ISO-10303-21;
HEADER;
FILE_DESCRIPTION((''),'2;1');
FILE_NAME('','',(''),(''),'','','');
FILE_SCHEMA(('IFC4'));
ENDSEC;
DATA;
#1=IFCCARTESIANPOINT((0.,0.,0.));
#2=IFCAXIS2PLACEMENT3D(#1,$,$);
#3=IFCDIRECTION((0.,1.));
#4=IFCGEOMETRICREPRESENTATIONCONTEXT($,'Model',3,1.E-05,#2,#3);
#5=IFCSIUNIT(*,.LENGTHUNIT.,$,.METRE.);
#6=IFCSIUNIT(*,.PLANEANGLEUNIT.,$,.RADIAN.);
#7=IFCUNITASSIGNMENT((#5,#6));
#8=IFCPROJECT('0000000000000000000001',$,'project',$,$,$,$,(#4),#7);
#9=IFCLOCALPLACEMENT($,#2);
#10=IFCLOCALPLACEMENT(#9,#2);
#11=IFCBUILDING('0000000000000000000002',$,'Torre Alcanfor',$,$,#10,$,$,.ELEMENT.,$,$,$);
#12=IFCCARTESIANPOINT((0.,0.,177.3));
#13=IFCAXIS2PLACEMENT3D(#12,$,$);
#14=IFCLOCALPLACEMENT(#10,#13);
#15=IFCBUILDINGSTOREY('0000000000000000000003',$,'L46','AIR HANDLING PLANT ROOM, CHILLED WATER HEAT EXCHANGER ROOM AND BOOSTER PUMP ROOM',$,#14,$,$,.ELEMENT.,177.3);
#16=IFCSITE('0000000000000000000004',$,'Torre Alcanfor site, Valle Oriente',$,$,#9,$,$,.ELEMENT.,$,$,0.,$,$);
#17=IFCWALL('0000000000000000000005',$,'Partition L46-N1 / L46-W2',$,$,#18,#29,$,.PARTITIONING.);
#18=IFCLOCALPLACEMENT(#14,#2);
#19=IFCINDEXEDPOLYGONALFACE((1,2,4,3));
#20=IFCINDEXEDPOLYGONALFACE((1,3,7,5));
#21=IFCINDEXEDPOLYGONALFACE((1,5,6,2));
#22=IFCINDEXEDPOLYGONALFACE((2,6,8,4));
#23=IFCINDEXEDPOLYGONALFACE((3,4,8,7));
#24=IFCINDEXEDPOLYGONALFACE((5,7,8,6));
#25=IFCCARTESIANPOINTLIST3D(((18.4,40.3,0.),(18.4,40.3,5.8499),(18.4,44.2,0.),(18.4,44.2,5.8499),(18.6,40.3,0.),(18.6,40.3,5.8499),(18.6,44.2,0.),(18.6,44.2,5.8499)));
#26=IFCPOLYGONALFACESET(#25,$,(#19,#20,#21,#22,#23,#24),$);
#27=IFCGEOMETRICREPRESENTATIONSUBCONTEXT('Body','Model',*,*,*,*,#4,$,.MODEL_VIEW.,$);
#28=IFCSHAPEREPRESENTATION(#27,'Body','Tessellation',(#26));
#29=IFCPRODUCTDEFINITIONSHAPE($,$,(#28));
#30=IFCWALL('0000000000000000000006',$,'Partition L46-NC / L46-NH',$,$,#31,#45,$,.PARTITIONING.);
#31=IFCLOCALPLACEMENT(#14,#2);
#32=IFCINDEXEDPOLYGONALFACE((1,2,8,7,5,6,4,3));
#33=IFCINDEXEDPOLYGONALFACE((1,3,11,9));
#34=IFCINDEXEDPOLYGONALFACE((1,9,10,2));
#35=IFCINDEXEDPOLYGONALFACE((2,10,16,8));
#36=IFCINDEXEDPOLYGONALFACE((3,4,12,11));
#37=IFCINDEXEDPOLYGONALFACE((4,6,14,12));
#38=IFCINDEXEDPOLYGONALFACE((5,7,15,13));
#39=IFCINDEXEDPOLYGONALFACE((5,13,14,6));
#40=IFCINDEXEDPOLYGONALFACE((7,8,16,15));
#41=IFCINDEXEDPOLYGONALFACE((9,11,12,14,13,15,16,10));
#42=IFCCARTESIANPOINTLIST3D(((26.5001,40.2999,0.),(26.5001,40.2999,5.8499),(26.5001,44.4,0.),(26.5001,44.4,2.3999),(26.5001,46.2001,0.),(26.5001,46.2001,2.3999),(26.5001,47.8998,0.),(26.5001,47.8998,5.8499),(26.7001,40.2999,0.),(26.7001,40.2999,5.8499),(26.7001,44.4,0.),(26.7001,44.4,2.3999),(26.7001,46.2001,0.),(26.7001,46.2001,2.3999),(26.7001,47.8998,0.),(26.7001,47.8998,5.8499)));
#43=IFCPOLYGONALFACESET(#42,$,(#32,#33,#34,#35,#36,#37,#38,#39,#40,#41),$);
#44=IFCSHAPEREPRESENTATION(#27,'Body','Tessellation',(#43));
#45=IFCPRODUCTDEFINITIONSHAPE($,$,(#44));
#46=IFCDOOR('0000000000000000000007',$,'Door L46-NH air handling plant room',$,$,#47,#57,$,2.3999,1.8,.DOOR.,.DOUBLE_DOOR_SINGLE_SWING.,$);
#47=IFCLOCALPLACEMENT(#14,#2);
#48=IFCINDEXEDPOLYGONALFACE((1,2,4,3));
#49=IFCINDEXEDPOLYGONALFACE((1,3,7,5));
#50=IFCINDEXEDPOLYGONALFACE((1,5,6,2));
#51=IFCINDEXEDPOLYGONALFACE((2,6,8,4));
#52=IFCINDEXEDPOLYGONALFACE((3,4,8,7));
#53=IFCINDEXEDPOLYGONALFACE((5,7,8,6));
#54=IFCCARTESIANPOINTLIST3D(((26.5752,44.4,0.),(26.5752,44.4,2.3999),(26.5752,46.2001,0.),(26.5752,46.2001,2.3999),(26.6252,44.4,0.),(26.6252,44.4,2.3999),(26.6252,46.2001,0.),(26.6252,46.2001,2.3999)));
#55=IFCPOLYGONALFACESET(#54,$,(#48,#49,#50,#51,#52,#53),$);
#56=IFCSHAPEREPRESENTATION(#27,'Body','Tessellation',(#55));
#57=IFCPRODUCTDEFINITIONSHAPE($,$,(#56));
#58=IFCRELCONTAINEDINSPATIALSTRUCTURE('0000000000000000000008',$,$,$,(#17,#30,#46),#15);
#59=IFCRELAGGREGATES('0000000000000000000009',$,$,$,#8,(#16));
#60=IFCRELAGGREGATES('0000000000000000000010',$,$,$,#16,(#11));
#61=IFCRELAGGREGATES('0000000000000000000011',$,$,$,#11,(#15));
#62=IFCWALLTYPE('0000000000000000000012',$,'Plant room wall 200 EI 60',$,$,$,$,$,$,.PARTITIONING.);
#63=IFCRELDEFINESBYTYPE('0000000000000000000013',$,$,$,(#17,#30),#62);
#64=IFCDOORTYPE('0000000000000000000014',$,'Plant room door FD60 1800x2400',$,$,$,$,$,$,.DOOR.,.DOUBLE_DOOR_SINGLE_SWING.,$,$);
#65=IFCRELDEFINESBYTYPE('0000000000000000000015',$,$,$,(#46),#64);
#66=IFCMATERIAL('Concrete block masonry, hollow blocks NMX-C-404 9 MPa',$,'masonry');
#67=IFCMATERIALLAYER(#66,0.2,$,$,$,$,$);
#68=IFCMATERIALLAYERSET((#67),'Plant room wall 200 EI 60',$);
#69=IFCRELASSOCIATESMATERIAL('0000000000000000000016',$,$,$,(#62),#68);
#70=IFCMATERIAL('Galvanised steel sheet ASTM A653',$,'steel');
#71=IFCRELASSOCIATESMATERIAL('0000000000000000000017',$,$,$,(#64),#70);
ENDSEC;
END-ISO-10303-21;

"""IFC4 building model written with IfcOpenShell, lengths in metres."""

from ifc_helpers import new_model, si_unit, direction, frame, frame_2d, origin, place, context, subcontext, project, spatial, rectangle, extrude, material, layer, layer_set, type_object, element, fill, save


model = new_model("IFC4")

# Units and contexts
model_context = context("Model", 3, precision=1e-05, world=origin(), true_north=direction((0.0, 1.0)))
body_context = subcontext(model_context, "Body", "Model", "MODEL_VIEW")
ifc_project = project(units=[si_unit("LENGTHUNIT", "METRE"), si_unit("PLANEANGLEUNIT", "RADIAN")], contexts=[model_context])

# Site, building, storey
site_placement = place(None, origin())
site = spatial("IfcSite", under=ifc_project, at=site_placement, Name="Torre Alcanfor site, Valle Oriente", CompositionType="ELEMENT", RefElevation=0.0)
building_placement = place(site_placement, origin())
building = spatial("IfcBuilding", under=site, at=building_placement, Name="Torre Alcanfor", CompositionType="ELEMENT")
storey_placement = place(building_placement, frame((0.0, 0.0, 177.3)))
storey = spatial("IfcBuildingStorey", under=building, at=storey_placement, Name="L46", Description="AIR HANDLING PLANT ROOM, CHILLED WATER HEAT EXCHANGER ROOM AND BOOSTER PUMP ROOM", CompositionType="ELEMENT", Elevation=177.3)

# Shared definitions
ifc_material_1 = material(Name="Concrete block masonry, hollow blocks NMX-C-404 9 MPa", Category="masonry")
ifc_layer = layer(ifc_material_1, 0.2)
ifc_layer_set = layer_set([ifc_layer], Name="Plant room wall 200 EI 60")
wall_type = type_object("IfcWallType", Name="Plant room wall 200 EI 60", PredefinedType="PARTITIONING", material=ifc_layer_set)
ifc_material_2 = material(Name="Galvanised steel sheet ASTM A653", Category="steel")
door_type = type_object("IfcDoorType", Name="Plant room door FD60 1800x2400", OperationType="DOUBLE_DOOR_SINGLE_SWING", PredefinedType="DOOR", material=ifc_material_2)

# Wall
wall_1_placement = place(storey_placement, frame((18.5, 40.3, 0.0), z_axis=(0.0, 0.0, 1.0), x_axis=(0.0, 1.0, 0.0)))
element("IfcWall", 1, at=wall_1_placement, inside=storey, type_object=wall_type, Name="Partition L46-N1 / L46-W2", PredefinedType="PARTITIONING", context=body_context, shape_type="SweptSolid", body=[
    extrude(rectangle(XDim=3.8999, YDim=0.2, at=frame_2d((1.95, 0.0))), origin(), (0.0, 0.0, 1.0), 5.8499),
])

# Wall, opening, door
wall_2_placement = place(storey_placement, frame((26.6001, 40.3, 0.0), z_axis=(0.0, 0.0, 1.0), x_axis=(0.0, 1.0, 0.0)))
wall_2 = element("IfcWall", 2, at=wall_2_placement, inside=storey, type_object=wall_type, Name="Partition L46-NC / L46-NH", PredefinedType="PARTITIONING", context=body_context, shape_type="SweptSolid", body=[
    extrude(rectangle(XDim=7.5999, YDim=0.2, at=frame_2d((3.7998, 0.0))), origin(), (0.0, 0.0, 1.0), 5.8499),
])
opening_1_placement = place(wall_2_placement, frame((4.1001, 0.0, 0.0)))
opening_1 = element("IfcOpeningElement", 3, at=opening_1_placement, cuts=wall_2, PredefinedType="OPENING", context=body_context, shape_type="SweptSolid", body=[
    extrude(rectangle(XDim=1.8, YDim=2.3999, at=frame_2d((0.8999, 1.2))), frame((0.0, 0.1099, 0.0), z_axis=(0.0, -1.0, 0.0), x_axis=(1.0, 0.0, 0.0)), (0.0, 0.0, 1.0), 0.22),
])
door_1_placement = place(opening_1_placement, origin())
door_1 = element("IfcDoor", 4, at=door_1_placement, inside=storey, type_object=door_type, Name="Door L46-NH air handling plant room", OperationType="DOUBLE_DOOR_SINGLE_SWING", OverallHeight=2.3999, OverallWidth=1.8, PredefinedType="DOOR", context=body_context, shape_type="SweptSolid", body=[
    extrude(rectangle(XDim=1.8, YDim=2.3999, at=frame_2d((0.8999, 1.2))), frame((0.0, 0.0249, 0.0), z_axis=(0.0, -1.0, 0.0), x_axis=(1.0, 0.0, 0.0)), (0.0, 0.0, 1.0), 0.05),
])
fill(opening_1, door_1)

save(model, "model.ifc")
